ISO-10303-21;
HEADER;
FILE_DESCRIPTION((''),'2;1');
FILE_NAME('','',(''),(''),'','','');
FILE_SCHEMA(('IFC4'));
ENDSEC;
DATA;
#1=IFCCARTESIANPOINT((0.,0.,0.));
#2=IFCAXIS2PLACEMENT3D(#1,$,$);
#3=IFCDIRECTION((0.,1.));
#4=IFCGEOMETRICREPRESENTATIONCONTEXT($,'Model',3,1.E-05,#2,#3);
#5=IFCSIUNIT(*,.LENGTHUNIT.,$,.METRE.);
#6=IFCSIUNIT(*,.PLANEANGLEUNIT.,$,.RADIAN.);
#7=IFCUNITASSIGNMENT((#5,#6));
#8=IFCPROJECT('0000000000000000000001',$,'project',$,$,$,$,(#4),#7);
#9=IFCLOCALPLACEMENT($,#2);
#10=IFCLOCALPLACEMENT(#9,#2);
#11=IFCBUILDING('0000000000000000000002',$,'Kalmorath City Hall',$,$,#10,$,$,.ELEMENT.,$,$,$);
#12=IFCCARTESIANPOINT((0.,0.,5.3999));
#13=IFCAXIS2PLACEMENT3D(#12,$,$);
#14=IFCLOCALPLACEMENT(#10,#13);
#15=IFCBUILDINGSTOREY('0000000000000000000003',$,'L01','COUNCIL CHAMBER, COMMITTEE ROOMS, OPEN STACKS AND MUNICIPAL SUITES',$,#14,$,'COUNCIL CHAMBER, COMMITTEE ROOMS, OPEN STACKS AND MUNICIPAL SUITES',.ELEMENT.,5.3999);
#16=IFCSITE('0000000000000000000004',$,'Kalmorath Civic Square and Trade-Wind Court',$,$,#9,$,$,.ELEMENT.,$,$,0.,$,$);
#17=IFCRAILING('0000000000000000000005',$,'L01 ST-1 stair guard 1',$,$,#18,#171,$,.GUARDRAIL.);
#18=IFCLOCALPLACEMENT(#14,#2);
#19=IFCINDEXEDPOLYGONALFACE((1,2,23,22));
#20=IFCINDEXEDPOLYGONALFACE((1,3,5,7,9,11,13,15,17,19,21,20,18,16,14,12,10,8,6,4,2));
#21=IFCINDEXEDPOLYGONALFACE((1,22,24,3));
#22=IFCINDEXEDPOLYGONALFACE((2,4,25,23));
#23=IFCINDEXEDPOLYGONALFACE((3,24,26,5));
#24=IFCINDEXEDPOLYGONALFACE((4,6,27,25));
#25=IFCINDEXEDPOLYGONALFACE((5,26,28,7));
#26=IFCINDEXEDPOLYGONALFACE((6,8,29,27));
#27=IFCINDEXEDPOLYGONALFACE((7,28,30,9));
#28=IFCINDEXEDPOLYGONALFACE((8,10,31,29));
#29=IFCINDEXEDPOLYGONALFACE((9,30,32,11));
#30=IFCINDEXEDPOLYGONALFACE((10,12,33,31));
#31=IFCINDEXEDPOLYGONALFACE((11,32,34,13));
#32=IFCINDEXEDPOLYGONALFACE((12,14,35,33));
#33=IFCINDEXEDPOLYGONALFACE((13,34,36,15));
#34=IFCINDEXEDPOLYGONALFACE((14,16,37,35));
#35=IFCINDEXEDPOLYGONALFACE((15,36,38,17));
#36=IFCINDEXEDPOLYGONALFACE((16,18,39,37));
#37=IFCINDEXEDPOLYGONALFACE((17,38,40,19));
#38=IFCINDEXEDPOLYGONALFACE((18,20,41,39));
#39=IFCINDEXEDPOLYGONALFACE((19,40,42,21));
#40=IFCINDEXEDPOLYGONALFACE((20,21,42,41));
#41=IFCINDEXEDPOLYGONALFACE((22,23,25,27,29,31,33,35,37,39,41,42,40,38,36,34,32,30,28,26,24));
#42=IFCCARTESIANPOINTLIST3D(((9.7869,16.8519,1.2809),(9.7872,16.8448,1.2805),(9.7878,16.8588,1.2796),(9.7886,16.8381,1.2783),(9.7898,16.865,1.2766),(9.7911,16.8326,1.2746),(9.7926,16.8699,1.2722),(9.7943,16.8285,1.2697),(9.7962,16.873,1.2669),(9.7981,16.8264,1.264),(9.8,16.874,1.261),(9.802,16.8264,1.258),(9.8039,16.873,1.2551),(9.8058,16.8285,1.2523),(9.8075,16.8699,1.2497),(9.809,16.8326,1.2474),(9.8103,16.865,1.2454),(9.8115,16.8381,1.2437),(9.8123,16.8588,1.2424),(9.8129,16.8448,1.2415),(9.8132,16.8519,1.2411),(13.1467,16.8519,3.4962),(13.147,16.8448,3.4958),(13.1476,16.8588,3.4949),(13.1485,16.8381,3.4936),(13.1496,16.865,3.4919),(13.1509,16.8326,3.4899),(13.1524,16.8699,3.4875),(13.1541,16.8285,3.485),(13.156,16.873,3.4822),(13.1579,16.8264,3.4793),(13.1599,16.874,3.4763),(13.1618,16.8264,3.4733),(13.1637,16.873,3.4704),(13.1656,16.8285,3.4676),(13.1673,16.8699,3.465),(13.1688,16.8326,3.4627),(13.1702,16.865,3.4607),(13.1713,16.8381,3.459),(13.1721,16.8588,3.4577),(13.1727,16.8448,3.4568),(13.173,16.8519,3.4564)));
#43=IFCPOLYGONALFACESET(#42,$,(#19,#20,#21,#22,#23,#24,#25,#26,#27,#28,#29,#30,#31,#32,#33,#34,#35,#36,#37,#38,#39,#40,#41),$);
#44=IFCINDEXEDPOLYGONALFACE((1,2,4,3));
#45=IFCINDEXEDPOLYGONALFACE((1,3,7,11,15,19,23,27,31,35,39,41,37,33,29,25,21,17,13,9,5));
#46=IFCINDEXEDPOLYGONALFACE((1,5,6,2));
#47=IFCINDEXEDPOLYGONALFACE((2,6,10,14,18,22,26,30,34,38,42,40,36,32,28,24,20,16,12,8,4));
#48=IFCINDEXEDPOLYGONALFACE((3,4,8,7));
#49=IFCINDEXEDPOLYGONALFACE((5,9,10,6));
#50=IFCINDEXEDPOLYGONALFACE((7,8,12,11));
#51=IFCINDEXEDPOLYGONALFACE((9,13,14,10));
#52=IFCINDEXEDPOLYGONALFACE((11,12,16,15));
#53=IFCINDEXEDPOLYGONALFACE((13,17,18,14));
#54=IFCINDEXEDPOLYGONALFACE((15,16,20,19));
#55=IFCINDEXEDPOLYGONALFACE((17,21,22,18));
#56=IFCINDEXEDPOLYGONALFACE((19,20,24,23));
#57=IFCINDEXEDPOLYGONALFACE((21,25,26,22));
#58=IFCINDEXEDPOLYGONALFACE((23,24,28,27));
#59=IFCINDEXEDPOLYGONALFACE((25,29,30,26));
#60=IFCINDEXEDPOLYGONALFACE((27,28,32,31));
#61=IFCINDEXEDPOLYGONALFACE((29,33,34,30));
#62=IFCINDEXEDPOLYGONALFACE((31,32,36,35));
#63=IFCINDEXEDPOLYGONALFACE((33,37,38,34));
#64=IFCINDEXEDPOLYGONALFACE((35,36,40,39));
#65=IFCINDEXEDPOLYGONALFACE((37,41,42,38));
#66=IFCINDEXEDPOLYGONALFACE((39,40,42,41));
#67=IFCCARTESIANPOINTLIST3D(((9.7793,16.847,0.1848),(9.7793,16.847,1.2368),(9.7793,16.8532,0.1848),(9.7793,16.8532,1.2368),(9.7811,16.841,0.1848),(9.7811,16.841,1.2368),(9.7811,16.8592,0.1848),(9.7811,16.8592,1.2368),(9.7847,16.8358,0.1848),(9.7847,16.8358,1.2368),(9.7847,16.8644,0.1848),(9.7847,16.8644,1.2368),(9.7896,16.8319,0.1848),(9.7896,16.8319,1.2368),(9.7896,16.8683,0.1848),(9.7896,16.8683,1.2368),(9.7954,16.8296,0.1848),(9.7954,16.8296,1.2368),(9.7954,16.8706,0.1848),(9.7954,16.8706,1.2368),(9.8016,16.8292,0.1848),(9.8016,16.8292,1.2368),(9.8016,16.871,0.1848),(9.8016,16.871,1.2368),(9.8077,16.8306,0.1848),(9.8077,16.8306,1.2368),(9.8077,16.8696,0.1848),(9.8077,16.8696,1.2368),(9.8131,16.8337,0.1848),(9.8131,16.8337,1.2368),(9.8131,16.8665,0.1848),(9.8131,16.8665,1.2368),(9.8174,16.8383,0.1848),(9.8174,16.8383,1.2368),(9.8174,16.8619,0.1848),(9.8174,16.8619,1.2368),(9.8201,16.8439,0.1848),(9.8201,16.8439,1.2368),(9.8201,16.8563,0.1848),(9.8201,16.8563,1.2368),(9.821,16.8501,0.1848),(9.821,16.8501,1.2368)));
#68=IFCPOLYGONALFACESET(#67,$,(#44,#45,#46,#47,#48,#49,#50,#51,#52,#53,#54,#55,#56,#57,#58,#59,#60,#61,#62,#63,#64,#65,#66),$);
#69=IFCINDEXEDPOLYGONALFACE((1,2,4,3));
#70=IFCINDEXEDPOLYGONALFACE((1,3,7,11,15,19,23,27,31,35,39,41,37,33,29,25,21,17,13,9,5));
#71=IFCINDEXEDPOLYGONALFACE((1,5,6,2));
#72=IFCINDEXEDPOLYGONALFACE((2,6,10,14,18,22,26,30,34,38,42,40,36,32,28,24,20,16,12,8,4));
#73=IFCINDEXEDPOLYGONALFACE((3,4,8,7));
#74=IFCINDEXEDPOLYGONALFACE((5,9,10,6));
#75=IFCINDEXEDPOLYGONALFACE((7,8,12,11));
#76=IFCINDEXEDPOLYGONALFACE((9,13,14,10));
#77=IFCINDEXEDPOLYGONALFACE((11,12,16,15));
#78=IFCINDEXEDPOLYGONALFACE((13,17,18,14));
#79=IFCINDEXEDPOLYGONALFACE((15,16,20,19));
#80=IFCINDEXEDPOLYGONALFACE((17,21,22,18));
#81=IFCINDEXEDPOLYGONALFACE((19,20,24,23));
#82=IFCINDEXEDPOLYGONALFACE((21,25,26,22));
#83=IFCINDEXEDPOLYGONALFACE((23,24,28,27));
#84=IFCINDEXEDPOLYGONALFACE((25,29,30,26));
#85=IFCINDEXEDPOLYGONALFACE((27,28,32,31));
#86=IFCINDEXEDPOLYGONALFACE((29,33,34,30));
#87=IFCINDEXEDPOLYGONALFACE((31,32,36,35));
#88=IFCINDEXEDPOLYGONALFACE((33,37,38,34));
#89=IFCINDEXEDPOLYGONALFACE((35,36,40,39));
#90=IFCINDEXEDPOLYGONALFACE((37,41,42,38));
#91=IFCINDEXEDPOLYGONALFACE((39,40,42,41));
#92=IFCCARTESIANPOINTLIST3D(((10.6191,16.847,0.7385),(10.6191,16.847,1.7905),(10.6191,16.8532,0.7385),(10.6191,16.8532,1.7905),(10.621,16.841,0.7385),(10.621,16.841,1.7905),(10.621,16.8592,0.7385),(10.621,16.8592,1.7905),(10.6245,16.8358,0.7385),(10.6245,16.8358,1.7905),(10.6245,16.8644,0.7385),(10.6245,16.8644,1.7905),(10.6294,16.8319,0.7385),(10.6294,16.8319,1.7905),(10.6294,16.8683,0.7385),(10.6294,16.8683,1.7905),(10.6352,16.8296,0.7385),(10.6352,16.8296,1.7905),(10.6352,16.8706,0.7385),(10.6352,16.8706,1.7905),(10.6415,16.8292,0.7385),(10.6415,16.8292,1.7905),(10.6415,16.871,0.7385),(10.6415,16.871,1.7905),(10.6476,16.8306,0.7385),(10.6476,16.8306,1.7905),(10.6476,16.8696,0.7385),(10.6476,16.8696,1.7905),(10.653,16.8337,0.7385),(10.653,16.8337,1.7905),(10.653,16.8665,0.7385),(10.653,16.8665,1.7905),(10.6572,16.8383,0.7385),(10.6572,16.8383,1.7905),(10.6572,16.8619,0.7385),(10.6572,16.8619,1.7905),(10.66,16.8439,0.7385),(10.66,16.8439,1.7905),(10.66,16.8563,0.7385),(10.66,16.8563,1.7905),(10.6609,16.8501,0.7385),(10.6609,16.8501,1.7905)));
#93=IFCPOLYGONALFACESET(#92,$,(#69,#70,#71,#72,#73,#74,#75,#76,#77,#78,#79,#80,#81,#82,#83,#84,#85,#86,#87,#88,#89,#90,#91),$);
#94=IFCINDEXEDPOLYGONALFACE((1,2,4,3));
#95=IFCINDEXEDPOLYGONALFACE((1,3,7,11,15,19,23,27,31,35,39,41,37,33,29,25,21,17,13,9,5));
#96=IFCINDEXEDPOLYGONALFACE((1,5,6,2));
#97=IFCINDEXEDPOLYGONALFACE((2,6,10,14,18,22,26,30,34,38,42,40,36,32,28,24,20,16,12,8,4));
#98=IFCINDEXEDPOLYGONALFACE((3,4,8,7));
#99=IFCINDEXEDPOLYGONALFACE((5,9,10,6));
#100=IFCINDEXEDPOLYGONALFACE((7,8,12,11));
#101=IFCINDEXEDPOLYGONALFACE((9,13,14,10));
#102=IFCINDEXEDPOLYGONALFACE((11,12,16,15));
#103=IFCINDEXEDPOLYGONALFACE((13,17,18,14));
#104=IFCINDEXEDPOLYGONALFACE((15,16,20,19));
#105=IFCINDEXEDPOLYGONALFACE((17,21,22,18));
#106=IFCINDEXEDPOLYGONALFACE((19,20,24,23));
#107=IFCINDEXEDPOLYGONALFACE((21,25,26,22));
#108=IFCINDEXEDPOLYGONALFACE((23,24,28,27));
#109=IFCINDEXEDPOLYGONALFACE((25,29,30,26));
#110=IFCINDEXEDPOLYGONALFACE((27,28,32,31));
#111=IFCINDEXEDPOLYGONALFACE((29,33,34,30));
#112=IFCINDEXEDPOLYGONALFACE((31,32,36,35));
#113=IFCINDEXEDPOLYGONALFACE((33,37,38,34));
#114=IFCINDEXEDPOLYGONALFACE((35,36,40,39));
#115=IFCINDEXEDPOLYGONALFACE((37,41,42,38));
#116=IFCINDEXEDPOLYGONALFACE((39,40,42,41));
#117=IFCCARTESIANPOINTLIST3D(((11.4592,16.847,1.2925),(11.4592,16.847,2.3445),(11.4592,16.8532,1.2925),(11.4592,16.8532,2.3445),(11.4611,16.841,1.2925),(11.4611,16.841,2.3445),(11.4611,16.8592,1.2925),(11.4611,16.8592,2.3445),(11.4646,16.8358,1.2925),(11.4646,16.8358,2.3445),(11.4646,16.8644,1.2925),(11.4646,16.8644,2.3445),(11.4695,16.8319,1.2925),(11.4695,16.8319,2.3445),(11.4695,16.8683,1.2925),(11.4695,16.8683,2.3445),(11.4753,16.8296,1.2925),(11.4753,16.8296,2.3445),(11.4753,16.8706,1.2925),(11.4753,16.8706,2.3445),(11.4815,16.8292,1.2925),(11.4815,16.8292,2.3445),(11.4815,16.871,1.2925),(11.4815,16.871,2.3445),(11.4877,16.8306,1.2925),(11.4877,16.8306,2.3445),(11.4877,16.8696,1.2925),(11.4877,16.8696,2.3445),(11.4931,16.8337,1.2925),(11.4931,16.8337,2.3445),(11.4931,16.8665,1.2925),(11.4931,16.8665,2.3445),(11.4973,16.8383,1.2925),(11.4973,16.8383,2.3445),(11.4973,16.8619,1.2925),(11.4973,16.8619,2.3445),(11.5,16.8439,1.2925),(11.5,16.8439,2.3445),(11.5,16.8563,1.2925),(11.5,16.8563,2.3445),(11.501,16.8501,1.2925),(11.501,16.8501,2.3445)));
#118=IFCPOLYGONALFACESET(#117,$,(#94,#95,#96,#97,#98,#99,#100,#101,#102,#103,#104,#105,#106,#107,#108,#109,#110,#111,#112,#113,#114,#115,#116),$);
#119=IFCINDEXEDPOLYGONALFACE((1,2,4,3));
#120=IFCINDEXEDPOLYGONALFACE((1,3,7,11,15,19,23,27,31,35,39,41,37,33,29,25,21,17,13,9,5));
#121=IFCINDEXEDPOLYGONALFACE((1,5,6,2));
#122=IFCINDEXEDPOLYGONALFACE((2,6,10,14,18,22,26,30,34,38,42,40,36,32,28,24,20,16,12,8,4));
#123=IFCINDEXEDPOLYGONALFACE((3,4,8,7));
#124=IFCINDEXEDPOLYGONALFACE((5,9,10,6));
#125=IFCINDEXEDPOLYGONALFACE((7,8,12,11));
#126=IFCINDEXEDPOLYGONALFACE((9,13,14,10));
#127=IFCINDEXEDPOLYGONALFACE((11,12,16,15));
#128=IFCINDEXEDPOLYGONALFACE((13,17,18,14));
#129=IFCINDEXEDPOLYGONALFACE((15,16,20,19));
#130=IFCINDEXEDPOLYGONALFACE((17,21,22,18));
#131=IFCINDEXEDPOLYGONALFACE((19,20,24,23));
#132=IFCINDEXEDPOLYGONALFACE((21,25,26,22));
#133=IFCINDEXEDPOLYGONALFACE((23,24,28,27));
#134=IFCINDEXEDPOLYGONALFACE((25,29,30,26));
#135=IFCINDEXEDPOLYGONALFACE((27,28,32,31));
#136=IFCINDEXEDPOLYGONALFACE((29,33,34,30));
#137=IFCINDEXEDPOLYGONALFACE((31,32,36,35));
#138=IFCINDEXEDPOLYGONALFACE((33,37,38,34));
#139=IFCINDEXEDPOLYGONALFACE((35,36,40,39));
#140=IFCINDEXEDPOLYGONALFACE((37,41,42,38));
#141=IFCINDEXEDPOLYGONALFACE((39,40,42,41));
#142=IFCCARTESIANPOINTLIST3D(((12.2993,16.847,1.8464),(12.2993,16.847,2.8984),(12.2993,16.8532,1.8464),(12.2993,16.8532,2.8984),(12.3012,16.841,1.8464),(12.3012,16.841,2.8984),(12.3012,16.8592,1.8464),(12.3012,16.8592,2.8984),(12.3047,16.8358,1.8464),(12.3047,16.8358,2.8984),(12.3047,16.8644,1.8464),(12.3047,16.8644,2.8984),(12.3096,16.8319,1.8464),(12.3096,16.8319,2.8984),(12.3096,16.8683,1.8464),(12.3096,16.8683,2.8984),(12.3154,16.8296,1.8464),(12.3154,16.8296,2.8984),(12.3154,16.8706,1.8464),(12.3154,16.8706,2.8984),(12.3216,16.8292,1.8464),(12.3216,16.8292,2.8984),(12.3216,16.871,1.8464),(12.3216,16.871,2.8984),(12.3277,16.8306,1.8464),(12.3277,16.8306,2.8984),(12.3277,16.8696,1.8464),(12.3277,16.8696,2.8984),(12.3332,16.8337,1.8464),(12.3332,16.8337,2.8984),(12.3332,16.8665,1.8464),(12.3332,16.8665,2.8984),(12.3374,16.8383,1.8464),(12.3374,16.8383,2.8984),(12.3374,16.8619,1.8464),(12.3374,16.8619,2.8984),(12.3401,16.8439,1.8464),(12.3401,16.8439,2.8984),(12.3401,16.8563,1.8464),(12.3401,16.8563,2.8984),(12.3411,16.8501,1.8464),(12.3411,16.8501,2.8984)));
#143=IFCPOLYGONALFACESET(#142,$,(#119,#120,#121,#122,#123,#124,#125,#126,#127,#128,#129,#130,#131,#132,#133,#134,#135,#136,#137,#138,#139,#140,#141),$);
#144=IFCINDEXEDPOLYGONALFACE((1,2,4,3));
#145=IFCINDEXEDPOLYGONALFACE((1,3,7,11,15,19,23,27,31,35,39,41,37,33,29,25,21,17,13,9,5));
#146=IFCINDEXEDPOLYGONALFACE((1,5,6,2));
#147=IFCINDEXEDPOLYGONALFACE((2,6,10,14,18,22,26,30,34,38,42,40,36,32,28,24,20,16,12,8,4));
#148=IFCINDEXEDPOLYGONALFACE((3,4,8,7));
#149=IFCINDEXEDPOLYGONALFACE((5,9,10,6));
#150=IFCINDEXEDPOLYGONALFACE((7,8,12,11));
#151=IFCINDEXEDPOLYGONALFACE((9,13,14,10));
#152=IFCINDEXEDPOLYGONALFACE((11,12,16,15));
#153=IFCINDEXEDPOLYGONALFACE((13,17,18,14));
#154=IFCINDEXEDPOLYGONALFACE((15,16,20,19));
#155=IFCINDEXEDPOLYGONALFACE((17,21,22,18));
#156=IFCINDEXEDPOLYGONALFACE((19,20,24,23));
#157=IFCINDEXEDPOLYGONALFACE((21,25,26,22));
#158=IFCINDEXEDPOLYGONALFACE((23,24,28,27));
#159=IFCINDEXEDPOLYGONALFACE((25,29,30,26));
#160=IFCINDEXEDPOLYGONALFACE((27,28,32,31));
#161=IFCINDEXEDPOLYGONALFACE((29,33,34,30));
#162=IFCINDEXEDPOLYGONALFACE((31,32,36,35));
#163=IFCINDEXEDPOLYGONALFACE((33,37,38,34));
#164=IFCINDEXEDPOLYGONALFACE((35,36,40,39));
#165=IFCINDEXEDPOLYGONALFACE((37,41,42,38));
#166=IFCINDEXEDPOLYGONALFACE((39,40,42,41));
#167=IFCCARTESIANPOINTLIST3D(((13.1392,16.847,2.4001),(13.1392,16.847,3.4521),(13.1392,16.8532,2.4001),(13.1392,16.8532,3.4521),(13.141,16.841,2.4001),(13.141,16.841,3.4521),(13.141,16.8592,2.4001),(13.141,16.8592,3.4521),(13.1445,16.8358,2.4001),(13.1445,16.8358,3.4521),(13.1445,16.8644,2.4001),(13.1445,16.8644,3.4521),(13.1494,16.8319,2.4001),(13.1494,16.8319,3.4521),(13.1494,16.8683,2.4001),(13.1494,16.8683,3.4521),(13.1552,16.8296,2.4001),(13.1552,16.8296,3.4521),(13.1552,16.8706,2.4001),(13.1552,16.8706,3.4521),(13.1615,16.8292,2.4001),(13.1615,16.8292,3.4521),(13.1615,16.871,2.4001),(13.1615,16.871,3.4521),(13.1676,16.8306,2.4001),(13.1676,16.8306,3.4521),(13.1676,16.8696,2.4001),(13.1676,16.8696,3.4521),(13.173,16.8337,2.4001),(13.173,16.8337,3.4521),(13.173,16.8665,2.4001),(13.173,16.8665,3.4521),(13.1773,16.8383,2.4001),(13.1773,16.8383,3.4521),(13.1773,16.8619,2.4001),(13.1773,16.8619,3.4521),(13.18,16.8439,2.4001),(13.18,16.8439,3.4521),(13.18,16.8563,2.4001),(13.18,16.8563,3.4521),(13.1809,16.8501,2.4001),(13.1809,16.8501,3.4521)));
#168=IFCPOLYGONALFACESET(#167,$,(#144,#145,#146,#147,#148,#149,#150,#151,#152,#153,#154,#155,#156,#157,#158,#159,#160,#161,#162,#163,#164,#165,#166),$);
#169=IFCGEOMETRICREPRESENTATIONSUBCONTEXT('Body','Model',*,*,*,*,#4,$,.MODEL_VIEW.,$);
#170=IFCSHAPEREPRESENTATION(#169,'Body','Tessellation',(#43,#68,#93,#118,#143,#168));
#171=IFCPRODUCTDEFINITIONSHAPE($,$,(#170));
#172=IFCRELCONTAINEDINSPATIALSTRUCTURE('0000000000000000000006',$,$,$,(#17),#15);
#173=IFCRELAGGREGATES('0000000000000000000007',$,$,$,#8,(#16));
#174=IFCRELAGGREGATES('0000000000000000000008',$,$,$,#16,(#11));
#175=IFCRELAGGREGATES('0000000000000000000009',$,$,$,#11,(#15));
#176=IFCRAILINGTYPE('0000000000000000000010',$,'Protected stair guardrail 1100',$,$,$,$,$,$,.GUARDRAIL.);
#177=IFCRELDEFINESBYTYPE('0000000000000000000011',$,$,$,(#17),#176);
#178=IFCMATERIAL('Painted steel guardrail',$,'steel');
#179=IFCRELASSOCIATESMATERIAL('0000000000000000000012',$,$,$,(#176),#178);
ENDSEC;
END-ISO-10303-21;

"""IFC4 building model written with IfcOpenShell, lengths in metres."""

from ifc_helpers import new_model, si_unit, direction, frame, origin, origin_2d, place, context, subcontext, project, spatial, circle, extrude, material, type_object, element, save


model = new_model("IFC4")

# Units and contexts
model_context = context("Model", 3, precision=1e-05, world=origin(), true_north=direction((0.0, 1.0)))
body_context = subcontext(model_context, "Body", "Model", "MODEL_VIEW")
ifc_project = project(units=[si_unit("LENGTHUNIT", "METRE"), si_unit("PLANEANGLEUNIT", "RADIAN")], contexts=[model_context])

# Site, building, storey
site_placement = place(None, origin())
site = spatial("IfcSite", under=ifc_project, at=site_placement, Name="Kalmorath Civic Square and Trade-Wind Court", CompositionType="ELEMENT", RefElevation=0.0)
building_placement = place(site_placement, origin())
building = spatial("IfcBuilding", under=site, at=building_placement, Name="Kalmorath City Hall", CompositionType="ELEMENT")
storey_placement = place(building_placement, frame((0.0, 0.0, 5.3999)))
storey = spatial("IfcBuildingStorey", under=building, at=storey_placement, Name="L01", Description="COUNCIL CHAMBER, COMMITTEE ROOMS, OPEN STACKS AND MUNICIPAL SUITES", LongName="COUNCIL CHAMBER, COMMITTEE ROOMS, OPEN STACKS AND MUNICIPAL SUITES", CompositionType="ELEMENT", Elevation=5.3999)

# Railing
ifc_material_1 = material(Name="Painted steel guardrail", Category="steel")
railing_type_1 = type_object("IfcRailingType", Name="Protected stair guardrail 1100", PredefinedType="GUARDRAIL", material=ifc_material_1)
railing_1_placement = place(storey_placement, frame((9.8, 16.8501, 0.1848)))
element("IfcRailing", 1, at=railing_1_placement, inside=storey, type_object=railing_type_1, Name="L01 ST-1 stair guard 1", PredefinedType="GUARDRAIL", context=body_context, shape_type="SweptSolid", body=[
    extrude(circle(Radius=0.0239, at=origin_2d()), frame((0.0, 0.0, 1.0762), z_axis=(0.834858, 0.0, 0.550465), x_axis=(0.0, 1.0, 0.0)), (0.0, 0.0, 1.0), 4.0244),
    extrude(circle(Radius=0.021, at=origin_2d()), origin(), (0.0, 0.0, 1.0), 1.052),
    extrude(circle(Radius=0.021, at=origin_2d()), frame((0.8398, 0.0, 0.5537)), (0.0, 0.0, 1.0), 1.052),
    extrude(circle(Radius=0.021, at=origin_2d()), frame((1.6799, 0.0, 1.1077)), (0.0, 0.0, 1.0), 1.052),
    extrude(circle(Radius=0.021, at=origin_2d()), frame((2.52, 0.0, 1.6616)), (0.0, 0.0, 1.0), 1.052),
    extrude(circle(Radius=0.021, at=origin_2d()), frame((3.3599, 0.0, 2.2153)), (0.0, 0.0, 1.0), 1.052),
])

save(model, "model.ifc")
